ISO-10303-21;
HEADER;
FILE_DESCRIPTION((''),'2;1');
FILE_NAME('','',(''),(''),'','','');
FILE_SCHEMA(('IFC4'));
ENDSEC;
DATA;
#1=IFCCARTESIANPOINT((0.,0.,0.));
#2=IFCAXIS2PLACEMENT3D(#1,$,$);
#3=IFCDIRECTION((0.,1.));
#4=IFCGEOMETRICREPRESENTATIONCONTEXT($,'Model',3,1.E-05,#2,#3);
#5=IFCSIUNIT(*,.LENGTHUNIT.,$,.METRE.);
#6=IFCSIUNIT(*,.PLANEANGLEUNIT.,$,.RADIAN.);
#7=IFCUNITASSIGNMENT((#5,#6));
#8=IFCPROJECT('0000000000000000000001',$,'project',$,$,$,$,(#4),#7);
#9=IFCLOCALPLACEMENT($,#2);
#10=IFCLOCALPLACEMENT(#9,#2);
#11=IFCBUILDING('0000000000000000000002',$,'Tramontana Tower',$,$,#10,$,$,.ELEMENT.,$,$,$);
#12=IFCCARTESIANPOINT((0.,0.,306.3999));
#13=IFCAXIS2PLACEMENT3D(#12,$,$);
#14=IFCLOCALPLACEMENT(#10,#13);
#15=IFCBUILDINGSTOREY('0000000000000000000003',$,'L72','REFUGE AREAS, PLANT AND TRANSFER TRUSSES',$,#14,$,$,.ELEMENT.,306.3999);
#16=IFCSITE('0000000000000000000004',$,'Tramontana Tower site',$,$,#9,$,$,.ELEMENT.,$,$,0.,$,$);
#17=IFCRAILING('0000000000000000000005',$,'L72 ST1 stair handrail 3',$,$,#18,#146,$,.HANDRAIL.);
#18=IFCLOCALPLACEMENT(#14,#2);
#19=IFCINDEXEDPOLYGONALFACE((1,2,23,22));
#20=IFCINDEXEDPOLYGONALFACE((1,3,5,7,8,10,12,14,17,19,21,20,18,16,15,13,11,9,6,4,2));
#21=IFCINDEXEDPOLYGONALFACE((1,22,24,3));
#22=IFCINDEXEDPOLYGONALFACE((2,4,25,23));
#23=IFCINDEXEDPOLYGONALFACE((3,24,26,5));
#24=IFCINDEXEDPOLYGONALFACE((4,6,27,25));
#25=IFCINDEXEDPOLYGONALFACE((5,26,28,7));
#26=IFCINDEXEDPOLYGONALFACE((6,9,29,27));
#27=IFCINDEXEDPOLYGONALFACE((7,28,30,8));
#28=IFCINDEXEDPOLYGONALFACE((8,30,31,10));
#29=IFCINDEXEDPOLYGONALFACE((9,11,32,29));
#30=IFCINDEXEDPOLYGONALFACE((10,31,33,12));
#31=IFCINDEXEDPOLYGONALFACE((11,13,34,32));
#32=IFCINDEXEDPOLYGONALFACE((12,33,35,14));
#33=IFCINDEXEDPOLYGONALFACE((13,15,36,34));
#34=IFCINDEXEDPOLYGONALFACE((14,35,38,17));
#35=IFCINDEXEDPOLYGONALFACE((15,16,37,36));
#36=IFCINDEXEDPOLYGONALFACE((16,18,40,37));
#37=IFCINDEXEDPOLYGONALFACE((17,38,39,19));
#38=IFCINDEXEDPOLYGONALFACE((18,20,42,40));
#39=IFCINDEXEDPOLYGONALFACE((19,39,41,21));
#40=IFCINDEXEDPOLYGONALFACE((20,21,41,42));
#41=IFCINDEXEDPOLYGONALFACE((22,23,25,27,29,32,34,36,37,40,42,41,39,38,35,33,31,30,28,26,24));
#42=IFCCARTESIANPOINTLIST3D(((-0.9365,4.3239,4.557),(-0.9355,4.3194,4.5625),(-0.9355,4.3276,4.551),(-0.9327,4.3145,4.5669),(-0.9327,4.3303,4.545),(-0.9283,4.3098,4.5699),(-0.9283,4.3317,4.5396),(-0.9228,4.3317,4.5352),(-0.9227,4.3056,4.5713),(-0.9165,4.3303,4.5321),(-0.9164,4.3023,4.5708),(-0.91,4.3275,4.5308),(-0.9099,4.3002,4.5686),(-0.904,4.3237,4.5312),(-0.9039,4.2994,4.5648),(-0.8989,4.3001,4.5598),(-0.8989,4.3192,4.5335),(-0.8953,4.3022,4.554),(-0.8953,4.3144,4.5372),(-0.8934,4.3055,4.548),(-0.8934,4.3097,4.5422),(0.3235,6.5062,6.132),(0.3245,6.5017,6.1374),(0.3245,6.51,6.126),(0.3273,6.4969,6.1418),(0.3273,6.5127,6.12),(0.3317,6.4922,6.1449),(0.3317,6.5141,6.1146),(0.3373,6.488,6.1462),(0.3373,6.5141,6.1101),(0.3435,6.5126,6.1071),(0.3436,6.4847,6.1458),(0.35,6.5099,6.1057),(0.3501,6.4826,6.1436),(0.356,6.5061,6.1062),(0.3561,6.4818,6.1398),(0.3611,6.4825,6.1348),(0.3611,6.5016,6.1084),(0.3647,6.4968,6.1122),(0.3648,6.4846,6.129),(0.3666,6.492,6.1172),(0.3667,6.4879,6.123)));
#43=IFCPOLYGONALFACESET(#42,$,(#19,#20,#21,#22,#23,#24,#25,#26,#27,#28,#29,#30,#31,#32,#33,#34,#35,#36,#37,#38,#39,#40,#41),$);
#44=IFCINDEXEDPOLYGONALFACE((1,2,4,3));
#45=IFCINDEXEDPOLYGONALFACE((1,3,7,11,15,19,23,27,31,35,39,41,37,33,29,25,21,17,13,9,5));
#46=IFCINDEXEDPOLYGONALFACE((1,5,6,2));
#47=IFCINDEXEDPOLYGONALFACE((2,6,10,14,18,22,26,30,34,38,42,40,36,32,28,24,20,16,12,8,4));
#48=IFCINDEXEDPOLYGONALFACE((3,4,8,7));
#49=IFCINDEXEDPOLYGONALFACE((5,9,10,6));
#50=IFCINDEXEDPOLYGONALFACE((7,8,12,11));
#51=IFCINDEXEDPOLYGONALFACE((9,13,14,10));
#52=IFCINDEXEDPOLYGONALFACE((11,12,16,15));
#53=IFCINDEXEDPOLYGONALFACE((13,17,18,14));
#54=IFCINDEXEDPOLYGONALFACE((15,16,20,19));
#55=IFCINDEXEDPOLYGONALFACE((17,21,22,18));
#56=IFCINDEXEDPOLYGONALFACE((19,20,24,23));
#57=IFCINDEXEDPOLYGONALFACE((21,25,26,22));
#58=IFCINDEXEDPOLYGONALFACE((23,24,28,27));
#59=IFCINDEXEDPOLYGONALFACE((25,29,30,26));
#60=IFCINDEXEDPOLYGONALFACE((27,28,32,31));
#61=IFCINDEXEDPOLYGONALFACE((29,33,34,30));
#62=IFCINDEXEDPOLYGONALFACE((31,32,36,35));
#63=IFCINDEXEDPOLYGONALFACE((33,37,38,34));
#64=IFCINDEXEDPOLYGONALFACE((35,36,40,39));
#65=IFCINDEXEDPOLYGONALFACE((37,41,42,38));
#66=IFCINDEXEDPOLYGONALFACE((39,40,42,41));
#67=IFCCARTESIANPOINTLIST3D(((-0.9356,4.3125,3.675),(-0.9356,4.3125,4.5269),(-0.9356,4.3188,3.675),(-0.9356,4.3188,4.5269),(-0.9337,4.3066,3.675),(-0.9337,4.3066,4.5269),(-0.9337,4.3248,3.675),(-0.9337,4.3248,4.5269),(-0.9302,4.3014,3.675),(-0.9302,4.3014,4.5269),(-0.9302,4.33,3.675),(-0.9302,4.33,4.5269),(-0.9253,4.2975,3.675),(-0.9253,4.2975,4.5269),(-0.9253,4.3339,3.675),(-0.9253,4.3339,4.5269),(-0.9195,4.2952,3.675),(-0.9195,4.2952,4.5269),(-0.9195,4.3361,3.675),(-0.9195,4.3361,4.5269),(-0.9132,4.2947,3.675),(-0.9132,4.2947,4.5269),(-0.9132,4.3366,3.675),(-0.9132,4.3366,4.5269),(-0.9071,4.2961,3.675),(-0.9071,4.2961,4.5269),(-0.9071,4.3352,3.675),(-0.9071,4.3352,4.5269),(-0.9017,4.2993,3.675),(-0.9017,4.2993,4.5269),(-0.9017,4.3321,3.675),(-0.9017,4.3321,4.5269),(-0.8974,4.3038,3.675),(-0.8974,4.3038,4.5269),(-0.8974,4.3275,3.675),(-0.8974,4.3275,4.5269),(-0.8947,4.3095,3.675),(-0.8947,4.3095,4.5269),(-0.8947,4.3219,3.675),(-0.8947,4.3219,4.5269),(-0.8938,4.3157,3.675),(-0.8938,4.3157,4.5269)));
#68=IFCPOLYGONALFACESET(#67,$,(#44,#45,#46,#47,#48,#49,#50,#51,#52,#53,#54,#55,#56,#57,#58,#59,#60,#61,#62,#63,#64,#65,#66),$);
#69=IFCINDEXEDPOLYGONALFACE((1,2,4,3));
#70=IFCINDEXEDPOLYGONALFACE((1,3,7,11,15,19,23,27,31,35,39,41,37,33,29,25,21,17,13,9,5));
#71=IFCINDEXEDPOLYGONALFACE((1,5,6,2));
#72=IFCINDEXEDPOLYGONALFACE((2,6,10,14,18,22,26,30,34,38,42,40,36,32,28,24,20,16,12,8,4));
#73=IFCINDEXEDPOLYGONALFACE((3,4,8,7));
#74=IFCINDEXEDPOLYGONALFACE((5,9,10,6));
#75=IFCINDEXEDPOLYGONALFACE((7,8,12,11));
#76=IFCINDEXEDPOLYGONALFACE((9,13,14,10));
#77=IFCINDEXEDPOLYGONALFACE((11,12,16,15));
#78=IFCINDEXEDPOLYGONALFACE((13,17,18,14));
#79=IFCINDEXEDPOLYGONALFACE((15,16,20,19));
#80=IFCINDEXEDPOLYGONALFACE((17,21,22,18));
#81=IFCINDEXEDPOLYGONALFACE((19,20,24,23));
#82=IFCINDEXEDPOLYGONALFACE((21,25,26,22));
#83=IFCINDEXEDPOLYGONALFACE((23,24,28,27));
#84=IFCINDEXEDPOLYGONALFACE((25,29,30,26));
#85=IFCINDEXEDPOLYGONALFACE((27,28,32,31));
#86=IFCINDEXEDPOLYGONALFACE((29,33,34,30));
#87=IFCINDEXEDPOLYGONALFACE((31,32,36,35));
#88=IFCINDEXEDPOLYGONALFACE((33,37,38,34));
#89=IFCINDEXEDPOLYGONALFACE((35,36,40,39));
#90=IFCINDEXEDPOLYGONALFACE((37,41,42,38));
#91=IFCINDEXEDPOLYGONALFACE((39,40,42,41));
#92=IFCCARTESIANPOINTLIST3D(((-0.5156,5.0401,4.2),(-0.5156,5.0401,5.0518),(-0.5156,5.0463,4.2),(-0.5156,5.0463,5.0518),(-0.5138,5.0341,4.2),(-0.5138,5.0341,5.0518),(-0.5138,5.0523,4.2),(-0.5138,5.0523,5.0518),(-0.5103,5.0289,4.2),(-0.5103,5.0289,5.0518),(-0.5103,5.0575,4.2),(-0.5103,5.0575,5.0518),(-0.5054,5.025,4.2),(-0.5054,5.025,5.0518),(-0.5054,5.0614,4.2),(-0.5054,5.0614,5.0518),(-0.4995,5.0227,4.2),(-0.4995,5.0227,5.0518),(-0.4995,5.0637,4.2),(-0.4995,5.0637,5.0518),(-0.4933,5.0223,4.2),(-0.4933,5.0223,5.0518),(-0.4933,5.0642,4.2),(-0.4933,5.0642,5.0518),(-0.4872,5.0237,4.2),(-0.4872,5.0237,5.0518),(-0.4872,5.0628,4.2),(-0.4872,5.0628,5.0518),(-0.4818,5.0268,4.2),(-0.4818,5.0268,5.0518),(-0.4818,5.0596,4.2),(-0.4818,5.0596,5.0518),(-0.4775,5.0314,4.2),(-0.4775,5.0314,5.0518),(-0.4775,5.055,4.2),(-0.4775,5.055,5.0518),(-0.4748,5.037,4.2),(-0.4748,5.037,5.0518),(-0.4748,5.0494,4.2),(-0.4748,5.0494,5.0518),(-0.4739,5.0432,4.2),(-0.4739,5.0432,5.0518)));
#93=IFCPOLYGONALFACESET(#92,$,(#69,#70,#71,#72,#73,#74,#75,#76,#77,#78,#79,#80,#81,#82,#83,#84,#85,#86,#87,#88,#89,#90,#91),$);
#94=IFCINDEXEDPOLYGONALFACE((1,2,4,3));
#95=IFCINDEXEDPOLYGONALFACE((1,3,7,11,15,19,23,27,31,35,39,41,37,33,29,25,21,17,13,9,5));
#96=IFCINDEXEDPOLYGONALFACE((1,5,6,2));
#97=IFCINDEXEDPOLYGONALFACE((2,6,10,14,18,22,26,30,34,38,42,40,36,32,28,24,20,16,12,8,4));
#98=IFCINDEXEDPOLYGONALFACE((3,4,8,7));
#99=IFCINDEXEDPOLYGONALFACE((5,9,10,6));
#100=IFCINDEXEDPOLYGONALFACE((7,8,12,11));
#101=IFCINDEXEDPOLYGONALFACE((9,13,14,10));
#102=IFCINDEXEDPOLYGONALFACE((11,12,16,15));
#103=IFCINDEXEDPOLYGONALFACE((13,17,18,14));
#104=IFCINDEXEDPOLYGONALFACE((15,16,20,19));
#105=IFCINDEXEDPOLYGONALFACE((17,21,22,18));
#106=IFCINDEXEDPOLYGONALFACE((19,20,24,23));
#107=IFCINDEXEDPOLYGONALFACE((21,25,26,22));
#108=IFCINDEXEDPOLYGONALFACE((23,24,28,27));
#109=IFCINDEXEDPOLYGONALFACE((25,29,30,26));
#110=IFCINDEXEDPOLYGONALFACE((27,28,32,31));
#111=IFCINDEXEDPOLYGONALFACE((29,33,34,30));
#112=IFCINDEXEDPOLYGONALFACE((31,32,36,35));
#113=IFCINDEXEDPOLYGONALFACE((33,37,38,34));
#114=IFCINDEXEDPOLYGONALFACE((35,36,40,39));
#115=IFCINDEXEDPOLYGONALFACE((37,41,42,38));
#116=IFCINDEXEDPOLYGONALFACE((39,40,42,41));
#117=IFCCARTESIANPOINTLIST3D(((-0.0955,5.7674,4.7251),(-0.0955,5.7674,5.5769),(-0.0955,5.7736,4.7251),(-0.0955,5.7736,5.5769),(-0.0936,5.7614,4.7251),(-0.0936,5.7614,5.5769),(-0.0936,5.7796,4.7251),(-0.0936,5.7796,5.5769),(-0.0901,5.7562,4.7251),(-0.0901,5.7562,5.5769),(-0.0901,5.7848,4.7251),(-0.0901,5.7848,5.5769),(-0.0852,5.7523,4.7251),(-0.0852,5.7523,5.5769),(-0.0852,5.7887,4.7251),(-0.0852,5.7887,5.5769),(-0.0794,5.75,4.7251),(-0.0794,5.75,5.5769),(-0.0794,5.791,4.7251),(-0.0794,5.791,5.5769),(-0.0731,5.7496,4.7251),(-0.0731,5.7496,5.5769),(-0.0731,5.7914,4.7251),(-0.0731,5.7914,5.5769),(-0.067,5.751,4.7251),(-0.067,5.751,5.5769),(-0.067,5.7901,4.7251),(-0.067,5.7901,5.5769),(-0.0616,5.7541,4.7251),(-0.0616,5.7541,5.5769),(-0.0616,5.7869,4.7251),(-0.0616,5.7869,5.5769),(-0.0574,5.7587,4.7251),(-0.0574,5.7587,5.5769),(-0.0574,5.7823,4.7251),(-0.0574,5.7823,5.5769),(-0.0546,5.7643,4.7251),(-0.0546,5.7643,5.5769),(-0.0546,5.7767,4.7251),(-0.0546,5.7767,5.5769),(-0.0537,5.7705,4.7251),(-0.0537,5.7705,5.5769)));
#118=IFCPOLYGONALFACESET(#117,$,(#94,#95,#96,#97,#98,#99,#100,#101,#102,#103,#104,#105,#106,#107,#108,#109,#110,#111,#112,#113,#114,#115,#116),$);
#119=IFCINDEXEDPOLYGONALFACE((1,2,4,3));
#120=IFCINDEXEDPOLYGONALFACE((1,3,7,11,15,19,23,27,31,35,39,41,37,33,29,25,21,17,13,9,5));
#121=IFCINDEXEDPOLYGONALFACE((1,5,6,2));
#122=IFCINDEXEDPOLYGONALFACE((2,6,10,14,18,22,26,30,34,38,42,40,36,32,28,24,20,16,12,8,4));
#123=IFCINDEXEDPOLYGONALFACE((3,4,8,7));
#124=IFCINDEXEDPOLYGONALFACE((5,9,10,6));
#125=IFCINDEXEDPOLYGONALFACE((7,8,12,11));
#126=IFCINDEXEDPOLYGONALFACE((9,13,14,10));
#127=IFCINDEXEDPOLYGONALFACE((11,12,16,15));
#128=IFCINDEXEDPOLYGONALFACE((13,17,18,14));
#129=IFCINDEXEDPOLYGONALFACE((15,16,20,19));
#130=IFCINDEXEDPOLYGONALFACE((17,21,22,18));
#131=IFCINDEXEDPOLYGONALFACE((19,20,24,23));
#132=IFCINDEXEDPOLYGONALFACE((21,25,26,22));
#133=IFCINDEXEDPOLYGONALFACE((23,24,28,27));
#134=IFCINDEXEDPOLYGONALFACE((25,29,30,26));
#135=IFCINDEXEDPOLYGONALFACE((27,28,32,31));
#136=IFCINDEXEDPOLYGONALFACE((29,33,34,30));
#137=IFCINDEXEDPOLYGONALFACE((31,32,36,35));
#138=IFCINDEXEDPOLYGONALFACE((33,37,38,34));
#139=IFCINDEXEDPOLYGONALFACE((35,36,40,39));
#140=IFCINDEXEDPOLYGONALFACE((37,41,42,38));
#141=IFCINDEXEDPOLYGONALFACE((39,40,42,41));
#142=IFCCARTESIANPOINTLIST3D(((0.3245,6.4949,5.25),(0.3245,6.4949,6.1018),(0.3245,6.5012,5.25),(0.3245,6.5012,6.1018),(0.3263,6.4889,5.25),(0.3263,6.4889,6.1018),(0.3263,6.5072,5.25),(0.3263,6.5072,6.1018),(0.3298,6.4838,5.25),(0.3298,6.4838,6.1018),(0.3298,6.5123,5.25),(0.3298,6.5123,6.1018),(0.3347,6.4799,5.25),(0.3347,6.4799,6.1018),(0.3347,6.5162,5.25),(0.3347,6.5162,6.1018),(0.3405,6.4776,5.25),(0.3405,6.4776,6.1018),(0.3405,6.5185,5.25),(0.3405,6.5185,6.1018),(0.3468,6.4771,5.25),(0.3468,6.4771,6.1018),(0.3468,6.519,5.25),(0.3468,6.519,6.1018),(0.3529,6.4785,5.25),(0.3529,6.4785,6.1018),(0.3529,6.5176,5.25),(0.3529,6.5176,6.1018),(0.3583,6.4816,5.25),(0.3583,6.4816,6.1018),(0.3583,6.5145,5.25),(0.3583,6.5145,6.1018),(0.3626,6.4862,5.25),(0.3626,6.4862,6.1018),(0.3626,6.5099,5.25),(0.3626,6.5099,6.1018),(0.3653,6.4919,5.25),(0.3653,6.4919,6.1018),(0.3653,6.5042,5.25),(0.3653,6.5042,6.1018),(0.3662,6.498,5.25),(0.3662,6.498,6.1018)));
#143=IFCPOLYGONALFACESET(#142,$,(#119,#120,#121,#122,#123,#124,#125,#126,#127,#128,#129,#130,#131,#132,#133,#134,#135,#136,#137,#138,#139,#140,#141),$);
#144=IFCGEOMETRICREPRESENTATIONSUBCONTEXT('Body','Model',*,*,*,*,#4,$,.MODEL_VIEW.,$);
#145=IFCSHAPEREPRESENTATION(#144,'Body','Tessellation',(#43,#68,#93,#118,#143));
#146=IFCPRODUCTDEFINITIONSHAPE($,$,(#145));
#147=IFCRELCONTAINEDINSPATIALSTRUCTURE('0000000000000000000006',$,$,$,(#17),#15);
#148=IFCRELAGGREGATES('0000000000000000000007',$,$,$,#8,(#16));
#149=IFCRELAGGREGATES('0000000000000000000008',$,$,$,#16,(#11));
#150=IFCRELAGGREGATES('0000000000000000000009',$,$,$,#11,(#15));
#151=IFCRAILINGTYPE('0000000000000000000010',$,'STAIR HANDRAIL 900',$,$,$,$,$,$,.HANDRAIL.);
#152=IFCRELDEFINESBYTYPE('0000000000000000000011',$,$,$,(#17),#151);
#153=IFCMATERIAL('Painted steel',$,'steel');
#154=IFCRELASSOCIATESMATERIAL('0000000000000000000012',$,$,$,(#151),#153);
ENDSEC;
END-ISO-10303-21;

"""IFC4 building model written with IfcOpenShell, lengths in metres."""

from ifc_helpers import new_model, si_unit, direction, frame, origin, origin_2d, place, context, subcontext, project, spatial, circle, extrude, material, type_object, element, save


model = new_model("IFC4")

# Units and contexts
model_context = context("Model", 3, precision=1e-05, world=origin(), true_north=direction((0.0, 1.0)))
body_context = subcontext(model_context, "Body", "Model", "MODEL_VIEW")
ifc_project = project(units=[si_unit("LENGTHUNIT", "METRE"), si_unit("PLANEANGLEUNIT", "RADIAN")], contexts=[model_context])

# Site, building, storey
site_placement = place(None, origin())
site = spatial("IfcSite", under=ifc_project, at=site_placement, Name="Tramontana Tower site", CompositionType="ELEMENT", RefElevation=0.0)
building_placement = place(site_placement, origin())
building = spatial("IfcBuilding", under=site, at=building_placement, Name="Tramontana Tower", CompositionType="ELEMENT")
storey_placement = place(building_placement, frame((0.0, 0.0, 306.3999)))
storey = spatial("IfcBuildingStorey", under=building, at=storey_placement, Name="L72", Description="REFUGE AREAS, PLANT AND TRANSFER TRUSSES", CompositionType="ELEMENT", Elevation=306.3999)

# Railing
ifc_material_1 = material(Name="Painted steel", Category="steel")
railing_type_1 = type_object("IfcRailingType", Name="STAIR HANDRAIL 900", PredefinedType="HANDRAIL", material=ifc_material_1)
railing_1_placement = place(storey_placement, frame((-0.9148, 4.3157, 3.675)))
element("IfcRailing", 1, at=railing_1_placement, inside=storey, type_object=railing_type_1, Name="L72 ST1 stair handrail 3", PredefinedType="HANDRAIL", context=body_context, shape_type="SweptSolid", body=[
    extrude(circle(Radius=0.0239, at=origin_2d()), frame((0.0, 0.0, 0.876), z_axis=(0.424007, 0.734392, 0.529988), x_axis=(-0.866023, 0.500005, 0.0)), (0.0, 0.0, 1.0), 2.9717),
    extrude(circle(Radius=0.021, at=origin_2d()), origin(), (0.0, 0.0, 1.0), 0.8518),
    extrude(circle(Radius=0.021, at=origin_2d()), frame((0.4199, 0.7275, 0.5249)), (0.0, 0.0, 1.0), 0.8518),
    extrude(circle(Radius=0.021, at=origin_2d()), frame((0.8401, 1.4548, 1.05)), (0.0, 0.0, 1.0), 0.8518),
    extrude(circle(Radius=0.021, at=origin_2d()), frame((1.26, 2.1824, 1.575)), (0.0, 0.0, 1.0), 0.8518),
])

save(model, "model.ifc")
